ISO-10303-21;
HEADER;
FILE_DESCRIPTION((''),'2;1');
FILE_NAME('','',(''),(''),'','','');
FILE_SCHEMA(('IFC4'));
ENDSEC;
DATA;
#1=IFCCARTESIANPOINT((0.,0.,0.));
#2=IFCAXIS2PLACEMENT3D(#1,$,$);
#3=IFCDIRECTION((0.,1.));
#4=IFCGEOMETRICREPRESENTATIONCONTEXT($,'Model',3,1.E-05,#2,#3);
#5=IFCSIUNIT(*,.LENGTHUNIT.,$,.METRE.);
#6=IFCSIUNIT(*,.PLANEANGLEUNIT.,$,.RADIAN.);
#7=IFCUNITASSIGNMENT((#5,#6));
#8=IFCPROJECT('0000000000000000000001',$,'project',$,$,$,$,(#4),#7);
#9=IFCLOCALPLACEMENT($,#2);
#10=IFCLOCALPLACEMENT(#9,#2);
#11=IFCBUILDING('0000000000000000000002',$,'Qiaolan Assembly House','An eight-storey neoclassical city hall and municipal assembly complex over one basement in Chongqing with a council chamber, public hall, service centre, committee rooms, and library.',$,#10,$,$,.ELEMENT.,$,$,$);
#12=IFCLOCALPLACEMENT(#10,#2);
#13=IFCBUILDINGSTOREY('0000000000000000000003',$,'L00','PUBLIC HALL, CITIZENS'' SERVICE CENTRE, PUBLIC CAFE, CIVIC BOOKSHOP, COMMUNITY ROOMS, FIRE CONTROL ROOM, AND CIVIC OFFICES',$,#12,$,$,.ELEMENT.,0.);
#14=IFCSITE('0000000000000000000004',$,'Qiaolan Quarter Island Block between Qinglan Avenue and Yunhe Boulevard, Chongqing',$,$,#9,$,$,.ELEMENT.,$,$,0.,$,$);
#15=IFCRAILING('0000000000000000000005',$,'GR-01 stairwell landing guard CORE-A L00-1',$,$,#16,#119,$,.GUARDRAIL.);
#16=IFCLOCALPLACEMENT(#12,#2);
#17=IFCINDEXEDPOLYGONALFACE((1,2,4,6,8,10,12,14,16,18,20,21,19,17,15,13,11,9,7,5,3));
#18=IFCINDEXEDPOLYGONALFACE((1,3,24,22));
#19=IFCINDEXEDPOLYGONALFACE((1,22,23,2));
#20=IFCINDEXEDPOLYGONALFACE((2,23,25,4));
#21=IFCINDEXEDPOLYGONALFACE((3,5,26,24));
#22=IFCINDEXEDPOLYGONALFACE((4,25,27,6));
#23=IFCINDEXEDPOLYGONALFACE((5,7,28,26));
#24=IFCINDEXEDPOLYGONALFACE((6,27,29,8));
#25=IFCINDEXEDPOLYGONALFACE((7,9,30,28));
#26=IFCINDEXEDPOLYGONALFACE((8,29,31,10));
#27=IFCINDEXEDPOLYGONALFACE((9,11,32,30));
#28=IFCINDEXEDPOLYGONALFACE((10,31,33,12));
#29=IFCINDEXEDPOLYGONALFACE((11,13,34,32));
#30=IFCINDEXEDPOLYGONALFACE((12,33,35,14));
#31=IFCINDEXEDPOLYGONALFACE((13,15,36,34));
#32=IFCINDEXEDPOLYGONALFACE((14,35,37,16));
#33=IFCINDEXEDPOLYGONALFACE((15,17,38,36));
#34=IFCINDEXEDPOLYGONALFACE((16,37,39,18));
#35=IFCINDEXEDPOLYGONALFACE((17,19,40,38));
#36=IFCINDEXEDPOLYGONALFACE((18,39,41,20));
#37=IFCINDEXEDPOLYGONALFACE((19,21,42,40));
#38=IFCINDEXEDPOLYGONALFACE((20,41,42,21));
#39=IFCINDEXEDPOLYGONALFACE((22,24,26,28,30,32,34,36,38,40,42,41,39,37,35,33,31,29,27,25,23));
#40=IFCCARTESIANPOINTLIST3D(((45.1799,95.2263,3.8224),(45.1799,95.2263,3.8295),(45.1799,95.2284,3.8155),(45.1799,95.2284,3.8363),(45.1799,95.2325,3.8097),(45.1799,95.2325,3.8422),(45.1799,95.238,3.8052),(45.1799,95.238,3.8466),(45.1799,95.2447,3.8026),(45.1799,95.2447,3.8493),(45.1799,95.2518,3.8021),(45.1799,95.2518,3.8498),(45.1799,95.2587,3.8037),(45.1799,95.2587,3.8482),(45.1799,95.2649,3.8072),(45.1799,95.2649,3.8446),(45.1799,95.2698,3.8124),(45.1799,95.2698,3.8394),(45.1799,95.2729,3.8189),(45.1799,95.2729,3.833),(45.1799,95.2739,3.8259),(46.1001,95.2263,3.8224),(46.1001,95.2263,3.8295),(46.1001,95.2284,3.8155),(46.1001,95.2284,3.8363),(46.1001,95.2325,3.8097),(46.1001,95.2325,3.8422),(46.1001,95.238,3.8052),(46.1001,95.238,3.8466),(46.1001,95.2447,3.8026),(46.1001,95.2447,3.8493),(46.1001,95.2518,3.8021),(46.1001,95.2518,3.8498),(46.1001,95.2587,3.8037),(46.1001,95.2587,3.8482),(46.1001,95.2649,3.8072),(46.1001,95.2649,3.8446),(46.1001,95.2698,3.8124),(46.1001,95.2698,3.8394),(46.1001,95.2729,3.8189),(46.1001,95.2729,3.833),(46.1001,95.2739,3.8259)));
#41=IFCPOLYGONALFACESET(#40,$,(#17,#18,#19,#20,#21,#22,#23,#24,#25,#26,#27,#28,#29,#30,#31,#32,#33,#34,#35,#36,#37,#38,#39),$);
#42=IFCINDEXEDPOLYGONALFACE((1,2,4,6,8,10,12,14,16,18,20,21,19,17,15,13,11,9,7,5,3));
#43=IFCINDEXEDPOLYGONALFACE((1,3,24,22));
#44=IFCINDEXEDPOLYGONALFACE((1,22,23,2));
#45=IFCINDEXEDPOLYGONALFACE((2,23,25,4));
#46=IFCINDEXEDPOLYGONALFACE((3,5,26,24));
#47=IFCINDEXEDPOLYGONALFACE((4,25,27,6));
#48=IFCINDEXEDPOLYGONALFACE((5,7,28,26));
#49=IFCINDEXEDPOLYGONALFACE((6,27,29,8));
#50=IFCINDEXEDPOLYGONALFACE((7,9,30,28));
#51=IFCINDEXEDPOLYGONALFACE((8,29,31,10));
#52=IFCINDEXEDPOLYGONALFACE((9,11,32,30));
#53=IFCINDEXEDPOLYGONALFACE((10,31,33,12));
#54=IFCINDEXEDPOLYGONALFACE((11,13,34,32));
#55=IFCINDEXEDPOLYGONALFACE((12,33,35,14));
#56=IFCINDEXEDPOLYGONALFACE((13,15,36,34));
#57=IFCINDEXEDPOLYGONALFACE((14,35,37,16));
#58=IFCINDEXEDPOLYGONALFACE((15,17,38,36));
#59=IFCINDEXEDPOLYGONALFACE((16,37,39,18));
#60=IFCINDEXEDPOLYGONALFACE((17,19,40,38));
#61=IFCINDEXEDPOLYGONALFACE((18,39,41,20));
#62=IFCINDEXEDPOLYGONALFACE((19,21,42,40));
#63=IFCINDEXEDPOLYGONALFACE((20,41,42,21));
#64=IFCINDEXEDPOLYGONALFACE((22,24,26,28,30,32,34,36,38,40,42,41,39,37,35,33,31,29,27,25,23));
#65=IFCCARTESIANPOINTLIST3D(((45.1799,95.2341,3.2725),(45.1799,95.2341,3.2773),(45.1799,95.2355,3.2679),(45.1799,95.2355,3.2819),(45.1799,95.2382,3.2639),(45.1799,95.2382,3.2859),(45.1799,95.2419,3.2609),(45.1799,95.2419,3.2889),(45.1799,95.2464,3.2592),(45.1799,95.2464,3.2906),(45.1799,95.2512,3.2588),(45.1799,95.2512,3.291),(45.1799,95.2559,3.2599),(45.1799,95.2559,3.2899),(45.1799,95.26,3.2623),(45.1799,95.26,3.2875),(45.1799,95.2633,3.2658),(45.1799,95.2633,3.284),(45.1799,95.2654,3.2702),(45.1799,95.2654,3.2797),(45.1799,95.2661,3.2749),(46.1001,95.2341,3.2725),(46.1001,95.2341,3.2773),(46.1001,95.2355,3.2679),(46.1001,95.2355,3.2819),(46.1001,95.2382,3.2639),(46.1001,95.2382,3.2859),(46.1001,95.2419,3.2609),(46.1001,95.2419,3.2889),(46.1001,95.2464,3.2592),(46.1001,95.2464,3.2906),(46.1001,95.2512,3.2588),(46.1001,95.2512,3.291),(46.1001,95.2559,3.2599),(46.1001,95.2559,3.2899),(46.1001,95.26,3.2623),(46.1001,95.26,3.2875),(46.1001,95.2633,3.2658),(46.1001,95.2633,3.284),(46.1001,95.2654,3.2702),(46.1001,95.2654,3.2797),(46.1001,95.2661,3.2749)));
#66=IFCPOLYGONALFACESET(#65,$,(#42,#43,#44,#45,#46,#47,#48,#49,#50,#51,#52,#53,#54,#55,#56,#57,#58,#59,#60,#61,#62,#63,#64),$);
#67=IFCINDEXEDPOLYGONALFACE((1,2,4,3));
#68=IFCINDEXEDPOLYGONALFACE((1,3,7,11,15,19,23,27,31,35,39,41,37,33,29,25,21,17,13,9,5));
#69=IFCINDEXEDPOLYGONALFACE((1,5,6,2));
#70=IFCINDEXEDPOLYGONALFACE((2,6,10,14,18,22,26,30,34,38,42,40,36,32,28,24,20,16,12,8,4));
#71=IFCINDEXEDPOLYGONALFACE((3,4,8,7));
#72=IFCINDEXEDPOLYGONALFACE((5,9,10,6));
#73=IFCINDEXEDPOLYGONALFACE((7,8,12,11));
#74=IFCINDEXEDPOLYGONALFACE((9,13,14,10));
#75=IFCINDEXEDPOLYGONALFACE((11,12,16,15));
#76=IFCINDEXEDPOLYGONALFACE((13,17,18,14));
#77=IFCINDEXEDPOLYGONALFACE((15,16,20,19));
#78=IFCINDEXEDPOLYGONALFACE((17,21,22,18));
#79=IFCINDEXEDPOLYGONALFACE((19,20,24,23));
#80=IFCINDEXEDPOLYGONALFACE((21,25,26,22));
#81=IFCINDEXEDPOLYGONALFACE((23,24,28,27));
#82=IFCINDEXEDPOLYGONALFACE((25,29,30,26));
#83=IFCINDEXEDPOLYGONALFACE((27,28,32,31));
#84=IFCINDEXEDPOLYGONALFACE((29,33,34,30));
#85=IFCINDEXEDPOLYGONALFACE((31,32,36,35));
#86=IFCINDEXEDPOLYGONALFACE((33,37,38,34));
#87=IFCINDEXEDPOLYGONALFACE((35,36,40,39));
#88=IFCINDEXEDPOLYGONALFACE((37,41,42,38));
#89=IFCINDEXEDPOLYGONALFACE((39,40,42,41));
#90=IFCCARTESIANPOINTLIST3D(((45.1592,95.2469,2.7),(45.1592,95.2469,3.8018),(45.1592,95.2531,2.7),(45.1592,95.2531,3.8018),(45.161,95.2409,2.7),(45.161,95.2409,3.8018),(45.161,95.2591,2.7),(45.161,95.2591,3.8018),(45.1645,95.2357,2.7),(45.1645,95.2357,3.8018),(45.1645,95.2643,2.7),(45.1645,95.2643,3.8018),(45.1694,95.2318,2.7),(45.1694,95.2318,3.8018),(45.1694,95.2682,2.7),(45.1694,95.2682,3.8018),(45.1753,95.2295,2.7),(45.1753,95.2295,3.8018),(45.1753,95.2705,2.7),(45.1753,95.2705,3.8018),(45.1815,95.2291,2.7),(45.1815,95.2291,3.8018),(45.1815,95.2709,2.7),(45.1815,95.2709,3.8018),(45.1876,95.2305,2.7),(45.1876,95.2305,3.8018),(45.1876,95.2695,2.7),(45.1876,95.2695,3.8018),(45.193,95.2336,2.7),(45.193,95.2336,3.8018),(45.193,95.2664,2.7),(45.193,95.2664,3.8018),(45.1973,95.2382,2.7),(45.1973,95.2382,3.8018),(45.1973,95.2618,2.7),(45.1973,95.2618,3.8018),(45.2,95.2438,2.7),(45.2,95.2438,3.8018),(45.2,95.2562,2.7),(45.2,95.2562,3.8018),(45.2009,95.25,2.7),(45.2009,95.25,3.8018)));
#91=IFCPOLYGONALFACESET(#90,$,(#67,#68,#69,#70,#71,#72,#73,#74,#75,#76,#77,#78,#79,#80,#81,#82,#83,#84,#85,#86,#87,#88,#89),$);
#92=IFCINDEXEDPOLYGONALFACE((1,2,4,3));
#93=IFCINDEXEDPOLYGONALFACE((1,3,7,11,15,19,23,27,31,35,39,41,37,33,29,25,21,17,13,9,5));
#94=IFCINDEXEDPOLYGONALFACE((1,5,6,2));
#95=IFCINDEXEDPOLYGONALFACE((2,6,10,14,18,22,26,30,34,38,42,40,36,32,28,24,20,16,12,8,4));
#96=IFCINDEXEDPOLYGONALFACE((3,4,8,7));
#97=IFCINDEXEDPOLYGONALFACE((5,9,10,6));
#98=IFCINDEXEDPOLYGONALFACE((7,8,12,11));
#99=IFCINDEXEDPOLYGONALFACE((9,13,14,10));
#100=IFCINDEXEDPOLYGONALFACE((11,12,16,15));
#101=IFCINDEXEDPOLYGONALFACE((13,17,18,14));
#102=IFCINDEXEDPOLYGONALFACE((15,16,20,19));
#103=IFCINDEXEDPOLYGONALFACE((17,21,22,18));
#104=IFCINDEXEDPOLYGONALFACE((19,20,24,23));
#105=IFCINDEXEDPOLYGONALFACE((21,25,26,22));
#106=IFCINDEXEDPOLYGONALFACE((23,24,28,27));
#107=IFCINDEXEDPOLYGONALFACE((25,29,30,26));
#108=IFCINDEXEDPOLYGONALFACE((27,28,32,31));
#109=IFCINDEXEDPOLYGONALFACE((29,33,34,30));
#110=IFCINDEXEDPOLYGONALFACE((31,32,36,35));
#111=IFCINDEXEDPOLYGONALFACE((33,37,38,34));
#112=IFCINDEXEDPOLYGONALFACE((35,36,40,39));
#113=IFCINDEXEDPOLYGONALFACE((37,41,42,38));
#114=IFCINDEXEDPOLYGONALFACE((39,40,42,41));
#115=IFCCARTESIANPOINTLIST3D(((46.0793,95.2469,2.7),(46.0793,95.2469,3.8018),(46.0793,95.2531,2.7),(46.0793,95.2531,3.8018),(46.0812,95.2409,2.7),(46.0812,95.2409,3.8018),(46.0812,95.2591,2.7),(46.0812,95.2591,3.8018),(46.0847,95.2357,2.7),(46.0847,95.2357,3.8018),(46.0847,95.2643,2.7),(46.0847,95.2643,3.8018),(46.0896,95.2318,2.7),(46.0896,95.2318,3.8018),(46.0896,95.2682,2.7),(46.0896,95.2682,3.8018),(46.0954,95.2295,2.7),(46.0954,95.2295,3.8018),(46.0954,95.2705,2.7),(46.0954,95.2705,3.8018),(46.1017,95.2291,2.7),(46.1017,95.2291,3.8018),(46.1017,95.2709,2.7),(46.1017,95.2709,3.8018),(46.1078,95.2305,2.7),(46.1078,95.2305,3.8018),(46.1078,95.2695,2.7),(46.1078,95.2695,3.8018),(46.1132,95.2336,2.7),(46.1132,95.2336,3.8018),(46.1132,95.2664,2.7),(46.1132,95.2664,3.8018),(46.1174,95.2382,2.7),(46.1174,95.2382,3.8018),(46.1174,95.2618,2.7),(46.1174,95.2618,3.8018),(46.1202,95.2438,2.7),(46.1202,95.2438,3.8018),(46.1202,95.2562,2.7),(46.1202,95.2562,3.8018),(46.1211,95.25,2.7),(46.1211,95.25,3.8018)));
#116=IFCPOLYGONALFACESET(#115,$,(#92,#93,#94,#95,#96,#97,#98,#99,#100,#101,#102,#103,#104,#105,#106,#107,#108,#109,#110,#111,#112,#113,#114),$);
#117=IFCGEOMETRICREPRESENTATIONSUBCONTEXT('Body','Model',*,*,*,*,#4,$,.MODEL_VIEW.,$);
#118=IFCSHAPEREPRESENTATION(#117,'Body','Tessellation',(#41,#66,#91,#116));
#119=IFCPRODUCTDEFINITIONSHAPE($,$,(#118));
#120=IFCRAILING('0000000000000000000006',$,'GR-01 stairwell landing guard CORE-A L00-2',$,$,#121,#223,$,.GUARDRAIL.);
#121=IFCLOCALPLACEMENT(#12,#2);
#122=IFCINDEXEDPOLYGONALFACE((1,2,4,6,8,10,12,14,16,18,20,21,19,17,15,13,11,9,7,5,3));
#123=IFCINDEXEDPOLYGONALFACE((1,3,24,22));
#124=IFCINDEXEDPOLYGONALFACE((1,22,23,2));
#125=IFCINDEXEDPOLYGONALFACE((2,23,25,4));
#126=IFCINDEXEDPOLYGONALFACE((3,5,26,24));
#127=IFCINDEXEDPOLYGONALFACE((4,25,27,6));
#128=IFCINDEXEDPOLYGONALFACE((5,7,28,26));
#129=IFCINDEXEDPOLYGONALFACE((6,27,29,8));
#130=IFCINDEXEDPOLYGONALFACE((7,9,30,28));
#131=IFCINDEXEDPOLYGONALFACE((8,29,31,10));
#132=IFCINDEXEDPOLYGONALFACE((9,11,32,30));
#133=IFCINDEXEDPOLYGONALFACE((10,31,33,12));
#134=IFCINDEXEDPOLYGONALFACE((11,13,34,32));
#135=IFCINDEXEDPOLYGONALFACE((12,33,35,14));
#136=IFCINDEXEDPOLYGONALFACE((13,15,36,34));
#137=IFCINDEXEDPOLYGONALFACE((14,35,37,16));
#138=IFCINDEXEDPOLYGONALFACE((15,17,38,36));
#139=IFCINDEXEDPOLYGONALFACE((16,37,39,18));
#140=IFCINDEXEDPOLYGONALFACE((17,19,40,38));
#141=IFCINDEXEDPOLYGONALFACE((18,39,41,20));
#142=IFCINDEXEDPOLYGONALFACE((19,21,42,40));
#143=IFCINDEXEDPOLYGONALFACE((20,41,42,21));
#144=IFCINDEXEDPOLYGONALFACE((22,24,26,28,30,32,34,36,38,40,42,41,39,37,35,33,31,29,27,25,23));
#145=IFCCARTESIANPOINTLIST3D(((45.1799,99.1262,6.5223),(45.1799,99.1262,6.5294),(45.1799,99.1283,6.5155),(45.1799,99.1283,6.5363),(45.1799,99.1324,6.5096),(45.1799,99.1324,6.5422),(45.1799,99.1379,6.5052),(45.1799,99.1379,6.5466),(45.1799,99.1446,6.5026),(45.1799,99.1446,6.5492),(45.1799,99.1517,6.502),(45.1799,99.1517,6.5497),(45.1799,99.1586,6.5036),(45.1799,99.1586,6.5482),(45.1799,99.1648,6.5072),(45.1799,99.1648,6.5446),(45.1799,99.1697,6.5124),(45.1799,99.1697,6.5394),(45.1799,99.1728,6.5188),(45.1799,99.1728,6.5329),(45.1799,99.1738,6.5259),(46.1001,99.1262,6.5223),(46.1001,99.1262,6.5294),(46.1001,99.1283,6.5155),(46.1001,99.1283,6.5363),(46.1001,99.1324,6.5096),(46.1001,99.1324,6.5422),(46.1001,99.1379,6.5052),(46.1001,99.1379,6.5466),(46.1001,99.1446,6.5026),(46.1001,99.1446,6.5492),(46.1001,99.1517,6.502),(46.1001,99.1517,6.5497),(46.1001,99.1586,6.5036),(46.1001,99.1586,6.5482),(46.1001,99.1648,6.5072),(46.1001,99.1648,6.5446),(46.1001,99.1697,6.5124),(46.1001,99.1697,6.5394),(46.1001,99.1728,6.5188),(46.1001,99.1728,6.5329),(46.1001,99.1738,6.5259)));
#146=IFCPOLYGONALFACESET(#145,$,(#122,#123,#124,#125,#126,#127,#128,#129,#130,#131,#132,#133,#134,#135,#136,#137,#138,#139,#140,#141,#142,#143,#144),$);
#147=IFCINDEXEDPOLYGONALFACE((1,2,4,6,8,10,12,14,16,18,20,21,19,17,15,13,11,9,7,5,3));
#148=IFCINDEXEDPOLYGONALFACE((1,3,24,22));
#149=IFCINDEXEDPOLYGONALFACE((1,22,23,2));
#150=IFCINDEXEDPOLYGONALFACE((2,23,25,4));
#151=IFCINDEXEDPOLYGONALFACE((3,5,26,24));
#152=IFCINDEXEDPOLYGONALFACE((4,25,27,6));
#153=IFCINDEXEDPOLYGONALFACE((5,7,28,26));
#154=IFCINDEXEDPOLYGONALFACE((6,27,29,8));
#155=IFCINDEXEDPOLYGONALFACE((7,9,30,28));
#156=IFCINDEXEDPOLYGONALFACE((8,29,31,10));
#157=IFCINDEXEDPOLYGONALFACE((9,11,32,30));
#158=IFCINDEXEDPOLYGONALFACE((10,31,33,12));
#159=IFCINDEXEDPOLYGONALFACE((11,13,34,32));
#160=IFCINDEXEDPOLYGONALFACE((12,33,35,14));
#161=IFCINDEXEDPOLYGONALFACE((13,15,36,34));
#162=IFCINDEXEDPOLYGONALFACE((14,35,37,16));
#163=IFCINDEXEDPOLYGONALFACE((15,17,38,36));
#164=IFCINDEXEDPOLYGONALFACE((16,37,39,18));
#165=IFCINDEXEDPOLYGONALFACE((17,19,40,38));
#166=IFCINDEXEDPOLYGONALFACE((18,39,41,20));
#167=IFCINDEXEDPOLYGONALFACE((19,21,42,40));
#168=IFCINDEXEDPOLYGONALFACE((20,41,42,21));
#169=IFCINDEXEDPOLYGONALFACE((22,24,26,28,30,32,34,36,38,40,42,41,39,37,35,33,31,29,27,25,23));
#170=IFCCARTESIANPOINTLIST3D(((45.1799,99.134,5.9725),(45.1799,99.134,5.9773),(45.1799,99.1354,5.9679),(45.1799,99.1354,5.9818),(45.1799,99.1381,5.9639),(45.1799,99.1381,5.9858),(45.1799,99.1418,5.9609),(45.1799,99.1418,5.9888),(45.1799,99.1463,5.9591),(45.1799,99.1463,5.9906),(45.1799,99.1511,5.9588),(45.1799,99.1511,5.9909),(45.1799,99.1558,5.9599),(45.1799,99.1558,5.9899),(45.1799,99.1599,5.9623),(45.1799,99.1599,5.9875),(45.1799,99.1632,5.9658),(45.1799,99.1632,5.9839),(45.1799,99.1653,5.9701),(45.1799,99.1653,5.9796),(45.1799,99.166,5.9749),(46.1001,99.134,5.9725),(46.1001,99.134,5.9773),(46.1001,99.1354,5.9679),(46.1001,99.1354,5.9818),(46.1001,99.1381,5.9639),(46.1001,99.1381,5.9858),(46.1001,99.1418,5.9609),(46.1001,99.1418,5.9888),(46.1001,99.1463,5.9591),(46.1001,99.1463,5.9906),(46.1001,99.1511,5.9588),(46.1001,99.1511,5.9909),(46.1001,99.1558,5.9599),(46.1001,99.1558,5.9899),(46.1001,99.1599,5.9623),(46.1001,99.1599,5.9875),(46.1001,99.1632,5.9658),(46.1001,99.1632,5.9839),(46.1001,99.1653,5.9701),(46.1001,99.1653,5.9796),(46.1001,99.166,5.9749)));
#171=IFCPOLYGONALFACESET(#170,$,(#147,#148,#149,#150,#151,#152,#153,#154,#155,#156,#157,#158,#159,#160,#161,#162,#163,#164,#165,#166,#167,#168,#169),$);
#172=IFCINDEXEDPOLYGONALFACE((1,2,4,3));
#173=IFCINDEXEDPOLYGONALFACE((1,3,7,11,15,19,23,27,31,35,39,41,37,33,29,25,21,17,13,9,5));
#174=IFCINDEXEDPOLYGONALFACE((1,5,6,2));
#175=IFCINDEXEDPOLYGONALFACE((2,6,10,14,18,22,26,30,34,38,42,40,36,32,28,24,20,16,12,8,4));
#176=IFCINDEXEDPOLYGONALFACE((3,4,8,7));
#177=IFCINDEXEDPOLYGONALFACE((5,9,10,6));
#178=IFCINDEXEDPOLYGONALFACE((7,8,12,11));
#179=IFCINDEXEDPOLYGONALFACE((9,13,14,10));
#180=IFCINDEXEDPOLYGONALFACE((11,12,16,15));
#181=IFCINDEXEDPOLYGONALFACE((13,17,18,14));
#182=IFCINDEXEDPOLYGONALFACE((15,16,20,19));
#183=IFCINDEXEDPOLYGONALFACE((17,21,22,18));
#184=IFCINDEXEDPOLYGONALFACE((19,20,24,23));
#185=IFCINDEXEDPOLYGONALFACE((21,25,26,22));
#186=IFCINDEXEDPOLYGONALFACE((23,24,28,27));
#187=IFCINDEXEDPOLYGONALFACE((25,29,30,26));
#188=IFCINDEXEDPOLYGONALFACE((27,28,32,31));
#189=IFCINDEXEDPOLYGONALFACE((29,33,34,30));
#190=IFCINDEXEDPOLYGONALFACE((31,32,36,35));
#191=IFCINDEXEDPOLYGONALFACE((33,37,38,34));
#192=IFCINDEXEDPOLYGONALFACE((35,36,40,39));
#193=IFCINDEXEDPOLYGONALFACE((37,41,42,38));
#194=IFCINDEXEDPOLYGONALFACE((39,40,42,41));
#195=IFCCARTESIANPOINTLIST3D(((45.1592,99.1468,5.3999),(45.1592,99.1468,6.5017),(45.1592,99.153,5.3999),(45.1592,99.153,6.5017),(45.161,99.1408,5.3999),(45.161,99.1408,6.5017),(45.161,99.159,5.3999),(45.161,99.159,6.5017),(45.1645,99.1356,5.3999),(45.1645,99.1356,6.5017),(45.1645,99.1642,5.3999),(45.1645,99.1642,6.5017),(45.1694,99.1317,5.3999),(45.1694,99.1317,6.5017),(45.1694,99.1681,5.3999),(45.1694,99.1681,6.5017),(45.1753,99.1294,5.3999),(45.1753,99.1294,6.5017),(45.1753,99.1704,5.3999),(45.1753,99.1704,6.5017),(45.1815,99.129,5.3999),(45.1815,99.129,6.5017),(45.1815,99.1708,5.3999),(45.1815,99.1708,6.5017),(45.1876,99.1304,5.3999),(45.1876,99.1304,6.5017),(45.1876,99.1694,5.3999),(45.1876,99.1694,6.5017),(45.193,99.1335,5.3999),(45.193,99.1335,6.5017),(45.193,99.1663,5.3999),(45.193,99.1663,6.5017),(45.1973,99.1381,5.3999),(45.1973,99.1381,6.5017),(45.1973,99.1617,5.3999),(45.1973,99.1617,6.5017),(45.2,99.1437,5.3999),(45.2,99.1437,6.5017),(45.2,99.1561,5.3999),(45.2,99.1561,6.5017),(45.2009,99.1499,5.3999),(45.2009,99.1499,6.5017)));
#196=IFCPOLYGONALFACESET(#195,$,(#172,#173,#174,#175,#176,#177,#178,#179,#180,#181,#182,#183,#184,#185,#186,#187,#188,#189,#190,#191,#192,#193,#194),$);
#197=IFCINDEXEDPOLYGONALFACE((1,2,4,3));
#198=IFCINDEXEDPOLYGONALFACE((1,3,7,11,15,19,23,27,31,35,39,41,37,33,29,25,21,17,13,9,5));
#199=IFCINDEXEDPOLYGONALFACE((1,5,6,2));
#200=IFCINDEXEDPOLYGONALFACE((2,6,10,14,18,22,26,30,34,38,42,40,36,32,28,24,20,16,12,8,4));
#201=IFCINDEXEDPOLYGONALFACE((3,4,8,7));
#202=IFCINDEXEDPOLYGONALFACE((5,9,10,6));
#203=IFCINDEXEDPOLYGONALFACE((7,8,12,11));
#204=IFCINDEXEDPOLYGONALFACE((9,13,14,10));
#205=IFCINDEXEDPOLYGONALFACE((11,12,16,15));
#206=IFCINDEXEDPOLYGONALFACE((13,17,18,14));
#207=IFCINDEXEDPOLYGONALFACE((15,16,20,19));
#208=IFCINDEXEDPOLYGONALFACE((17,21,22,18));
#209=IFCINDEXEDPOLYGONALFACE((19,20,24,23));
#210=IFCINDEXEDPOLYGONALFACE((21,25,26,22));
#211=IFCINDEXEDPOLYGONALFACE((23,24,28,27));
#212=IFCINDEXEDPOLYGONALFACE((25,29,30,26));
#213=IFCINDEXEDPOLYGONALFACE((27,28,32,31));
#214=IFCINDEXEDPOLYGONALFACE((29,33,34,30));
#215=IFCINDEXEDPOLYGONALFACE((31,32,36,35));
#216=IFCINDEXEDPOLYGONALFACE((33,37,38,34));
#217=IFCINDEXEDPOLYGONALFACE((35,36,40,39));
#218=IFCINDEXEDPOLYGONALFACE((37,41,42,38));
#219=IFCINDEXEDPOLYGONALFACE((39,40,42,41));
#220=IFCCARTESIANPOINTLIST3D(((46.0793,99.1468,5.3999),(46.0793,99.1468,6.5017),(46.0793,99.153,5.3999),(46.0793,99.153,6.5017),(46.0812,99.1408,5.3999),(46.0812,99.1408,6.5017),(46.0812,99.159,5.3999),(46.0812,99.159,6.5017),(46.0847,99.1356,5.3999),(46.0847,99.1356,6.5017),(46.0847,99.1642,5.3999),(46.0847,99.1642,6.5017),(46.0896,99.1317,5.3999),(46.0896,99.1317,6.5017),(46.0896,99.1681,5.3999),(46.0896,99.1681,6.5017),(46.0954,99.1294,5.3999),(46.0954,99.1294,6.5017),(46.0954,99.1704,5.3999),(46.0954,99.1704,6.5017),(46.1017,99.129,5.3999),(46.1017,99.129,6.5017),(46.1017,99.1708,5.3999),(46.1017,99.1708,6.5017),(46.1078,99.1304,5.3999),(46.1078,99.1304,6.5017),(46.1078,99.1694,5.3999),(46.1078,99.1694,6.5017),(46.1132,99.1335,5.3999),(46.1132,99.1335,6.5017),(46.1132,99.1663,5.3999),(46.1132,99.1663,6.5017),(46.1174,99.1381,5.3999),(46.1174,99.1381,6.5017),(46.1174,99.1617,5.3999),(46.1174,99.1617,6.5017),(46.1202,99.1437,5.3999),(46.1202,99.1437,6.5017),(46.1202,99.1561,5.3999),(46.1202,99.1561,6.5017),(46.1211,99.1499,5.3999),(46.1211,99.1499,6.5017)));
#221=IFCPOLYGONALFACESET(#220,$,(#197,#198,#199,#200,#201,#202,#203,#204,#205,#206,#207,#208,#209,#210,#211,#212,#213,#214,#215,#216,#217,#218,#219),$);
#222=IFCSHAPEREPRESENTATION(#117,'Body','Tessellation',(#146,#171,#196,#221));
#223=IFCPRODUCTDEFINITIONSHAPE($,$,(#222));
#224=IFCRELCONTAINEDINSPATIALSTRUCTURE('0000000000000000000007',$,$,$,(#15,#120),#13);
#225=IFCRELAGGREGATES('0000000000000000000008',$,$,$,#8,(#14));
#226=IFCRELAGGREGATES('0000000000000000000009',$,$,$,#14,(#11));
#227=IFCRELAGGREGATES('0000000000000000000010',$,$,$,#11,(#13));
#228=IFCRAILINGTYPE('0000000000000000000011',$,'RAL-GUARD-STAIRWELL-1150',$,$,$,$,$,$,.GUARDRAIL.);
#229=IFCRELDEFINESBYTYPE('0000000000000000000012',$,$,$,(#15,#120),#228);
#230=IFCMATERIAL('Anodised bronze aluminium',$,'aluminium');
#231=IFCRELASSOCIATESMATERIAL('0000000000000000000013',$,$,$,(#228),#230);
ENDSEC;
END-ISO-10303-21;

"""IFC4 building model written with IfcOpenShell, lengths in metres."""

from ifc_helpers import new_model, si_unit, direction, frame, origin, origin_2d, place, context, subcontext, project, spatial, circle, extrude, material, type_object, element, save


model = new_model("IFC4")

# Units and contexts
model_context = context("Model", 3, precision=1e-05, world=origin(), true_north=direction((0.0, 1.0)))
body_context = subcontext(model_context, "Body", "Model", "MODEL_VIEW")
ifc_project = project(units=[si_unit("LENGTHUNIT", "METRE"), si_unit("PLANEANGLEUNIT", "RADIAN")], contexts=[model_context])

# Site, building, storey
site_placement = place(None, origin())
site = spatial("IfcSite", under=ifc_project, at=site_placement, Name="Qiaolan Quarter Island Block between Qinglan Avenue and Yunhe Boulevard, Chongqing", CompositionType="ELEMENT", RefElevation=0.0)
building_placement = place(site_placement, origin())
building = spatial("IfcBuilding", under=site, at=building_placement, Name="Qiaolan Assembly House", Description="An eight-storey neoclassical city hall and municipal assembly complex over one basement in Chongqing with a council chamber, public hall, service centre, committee rooms, and library.", CompositionType="ELEMENT")
storey_placement = place(building_placement, origin())
storey = spatial("IfcBuildingStorey", under=building, at=storey_placement, Name="L00", Description="PUBLIC HALL, CITIZENS' SERVICE CENTRE, PUBLIC CAFE, CIVIC BOOKSHOP, COMMUNITY ROOMS, FIRE CONTROL ROOM, AND CIVIC OFFICES", CompositionType="ELEMENT", Elevation=0.0)

# Railings
ifc_material_1 = material(Name="Anodised bronze aluminium", Category="aluminium")
railing_type_1 = type_object("IfcRailingType", Name="RAL-GUARD-STAIRWELL-1150", PredefinedType="GUARDRAIL", material=ifc_material_1)
for number, where, name in (
    (1, (45.1799, 95.25, 2.7), "GR-01 stairwell landing guard CORE-A L00-1"),
    (2, (45.1799, 99.1499, 5.3999), "GR-01 stairwell landing guard CORE-A L00-2"),
):
    element("IfcRailing", number, at=place(storey_placement, frame(where)), inside=storey, type_object=railing_type_1, Name=name, PredefinedType="GUARDRAIL", context=body_context, shape_type="SweptSolid", body=[
        extrude(circle(Radius=0.0239, at=origin_2d()), frame((0.0, 0.0, 1.126), z_axis=(1.0, 0.0, 0.0), x_axis=(0.0, 1.0, 0.0)), (0.0, 0.0, 1.0), 0.9202),
        extrude(circle(Radius=0.0161, at=origin_2d()), frame((0.0, 0.0, 0.575), z_axis=(1.0, 0.0, 0.0), x_axis=(0.0, 1.0, 0.0)), (0.0, 0.0, 1.0), 0.9202),
        extrude(circle(Radius=0.021, at=origin_2d()), origin(), (0.0, 0.0, 1.0), 1.1018),
        extrude(circle(Radius=0.021, at=origin_2d()), frame((0.9202, 0.0, 0.0)), (0.0, 0.0, 1.0), 1.1018),
    ])

save(model, "model.ifc")
